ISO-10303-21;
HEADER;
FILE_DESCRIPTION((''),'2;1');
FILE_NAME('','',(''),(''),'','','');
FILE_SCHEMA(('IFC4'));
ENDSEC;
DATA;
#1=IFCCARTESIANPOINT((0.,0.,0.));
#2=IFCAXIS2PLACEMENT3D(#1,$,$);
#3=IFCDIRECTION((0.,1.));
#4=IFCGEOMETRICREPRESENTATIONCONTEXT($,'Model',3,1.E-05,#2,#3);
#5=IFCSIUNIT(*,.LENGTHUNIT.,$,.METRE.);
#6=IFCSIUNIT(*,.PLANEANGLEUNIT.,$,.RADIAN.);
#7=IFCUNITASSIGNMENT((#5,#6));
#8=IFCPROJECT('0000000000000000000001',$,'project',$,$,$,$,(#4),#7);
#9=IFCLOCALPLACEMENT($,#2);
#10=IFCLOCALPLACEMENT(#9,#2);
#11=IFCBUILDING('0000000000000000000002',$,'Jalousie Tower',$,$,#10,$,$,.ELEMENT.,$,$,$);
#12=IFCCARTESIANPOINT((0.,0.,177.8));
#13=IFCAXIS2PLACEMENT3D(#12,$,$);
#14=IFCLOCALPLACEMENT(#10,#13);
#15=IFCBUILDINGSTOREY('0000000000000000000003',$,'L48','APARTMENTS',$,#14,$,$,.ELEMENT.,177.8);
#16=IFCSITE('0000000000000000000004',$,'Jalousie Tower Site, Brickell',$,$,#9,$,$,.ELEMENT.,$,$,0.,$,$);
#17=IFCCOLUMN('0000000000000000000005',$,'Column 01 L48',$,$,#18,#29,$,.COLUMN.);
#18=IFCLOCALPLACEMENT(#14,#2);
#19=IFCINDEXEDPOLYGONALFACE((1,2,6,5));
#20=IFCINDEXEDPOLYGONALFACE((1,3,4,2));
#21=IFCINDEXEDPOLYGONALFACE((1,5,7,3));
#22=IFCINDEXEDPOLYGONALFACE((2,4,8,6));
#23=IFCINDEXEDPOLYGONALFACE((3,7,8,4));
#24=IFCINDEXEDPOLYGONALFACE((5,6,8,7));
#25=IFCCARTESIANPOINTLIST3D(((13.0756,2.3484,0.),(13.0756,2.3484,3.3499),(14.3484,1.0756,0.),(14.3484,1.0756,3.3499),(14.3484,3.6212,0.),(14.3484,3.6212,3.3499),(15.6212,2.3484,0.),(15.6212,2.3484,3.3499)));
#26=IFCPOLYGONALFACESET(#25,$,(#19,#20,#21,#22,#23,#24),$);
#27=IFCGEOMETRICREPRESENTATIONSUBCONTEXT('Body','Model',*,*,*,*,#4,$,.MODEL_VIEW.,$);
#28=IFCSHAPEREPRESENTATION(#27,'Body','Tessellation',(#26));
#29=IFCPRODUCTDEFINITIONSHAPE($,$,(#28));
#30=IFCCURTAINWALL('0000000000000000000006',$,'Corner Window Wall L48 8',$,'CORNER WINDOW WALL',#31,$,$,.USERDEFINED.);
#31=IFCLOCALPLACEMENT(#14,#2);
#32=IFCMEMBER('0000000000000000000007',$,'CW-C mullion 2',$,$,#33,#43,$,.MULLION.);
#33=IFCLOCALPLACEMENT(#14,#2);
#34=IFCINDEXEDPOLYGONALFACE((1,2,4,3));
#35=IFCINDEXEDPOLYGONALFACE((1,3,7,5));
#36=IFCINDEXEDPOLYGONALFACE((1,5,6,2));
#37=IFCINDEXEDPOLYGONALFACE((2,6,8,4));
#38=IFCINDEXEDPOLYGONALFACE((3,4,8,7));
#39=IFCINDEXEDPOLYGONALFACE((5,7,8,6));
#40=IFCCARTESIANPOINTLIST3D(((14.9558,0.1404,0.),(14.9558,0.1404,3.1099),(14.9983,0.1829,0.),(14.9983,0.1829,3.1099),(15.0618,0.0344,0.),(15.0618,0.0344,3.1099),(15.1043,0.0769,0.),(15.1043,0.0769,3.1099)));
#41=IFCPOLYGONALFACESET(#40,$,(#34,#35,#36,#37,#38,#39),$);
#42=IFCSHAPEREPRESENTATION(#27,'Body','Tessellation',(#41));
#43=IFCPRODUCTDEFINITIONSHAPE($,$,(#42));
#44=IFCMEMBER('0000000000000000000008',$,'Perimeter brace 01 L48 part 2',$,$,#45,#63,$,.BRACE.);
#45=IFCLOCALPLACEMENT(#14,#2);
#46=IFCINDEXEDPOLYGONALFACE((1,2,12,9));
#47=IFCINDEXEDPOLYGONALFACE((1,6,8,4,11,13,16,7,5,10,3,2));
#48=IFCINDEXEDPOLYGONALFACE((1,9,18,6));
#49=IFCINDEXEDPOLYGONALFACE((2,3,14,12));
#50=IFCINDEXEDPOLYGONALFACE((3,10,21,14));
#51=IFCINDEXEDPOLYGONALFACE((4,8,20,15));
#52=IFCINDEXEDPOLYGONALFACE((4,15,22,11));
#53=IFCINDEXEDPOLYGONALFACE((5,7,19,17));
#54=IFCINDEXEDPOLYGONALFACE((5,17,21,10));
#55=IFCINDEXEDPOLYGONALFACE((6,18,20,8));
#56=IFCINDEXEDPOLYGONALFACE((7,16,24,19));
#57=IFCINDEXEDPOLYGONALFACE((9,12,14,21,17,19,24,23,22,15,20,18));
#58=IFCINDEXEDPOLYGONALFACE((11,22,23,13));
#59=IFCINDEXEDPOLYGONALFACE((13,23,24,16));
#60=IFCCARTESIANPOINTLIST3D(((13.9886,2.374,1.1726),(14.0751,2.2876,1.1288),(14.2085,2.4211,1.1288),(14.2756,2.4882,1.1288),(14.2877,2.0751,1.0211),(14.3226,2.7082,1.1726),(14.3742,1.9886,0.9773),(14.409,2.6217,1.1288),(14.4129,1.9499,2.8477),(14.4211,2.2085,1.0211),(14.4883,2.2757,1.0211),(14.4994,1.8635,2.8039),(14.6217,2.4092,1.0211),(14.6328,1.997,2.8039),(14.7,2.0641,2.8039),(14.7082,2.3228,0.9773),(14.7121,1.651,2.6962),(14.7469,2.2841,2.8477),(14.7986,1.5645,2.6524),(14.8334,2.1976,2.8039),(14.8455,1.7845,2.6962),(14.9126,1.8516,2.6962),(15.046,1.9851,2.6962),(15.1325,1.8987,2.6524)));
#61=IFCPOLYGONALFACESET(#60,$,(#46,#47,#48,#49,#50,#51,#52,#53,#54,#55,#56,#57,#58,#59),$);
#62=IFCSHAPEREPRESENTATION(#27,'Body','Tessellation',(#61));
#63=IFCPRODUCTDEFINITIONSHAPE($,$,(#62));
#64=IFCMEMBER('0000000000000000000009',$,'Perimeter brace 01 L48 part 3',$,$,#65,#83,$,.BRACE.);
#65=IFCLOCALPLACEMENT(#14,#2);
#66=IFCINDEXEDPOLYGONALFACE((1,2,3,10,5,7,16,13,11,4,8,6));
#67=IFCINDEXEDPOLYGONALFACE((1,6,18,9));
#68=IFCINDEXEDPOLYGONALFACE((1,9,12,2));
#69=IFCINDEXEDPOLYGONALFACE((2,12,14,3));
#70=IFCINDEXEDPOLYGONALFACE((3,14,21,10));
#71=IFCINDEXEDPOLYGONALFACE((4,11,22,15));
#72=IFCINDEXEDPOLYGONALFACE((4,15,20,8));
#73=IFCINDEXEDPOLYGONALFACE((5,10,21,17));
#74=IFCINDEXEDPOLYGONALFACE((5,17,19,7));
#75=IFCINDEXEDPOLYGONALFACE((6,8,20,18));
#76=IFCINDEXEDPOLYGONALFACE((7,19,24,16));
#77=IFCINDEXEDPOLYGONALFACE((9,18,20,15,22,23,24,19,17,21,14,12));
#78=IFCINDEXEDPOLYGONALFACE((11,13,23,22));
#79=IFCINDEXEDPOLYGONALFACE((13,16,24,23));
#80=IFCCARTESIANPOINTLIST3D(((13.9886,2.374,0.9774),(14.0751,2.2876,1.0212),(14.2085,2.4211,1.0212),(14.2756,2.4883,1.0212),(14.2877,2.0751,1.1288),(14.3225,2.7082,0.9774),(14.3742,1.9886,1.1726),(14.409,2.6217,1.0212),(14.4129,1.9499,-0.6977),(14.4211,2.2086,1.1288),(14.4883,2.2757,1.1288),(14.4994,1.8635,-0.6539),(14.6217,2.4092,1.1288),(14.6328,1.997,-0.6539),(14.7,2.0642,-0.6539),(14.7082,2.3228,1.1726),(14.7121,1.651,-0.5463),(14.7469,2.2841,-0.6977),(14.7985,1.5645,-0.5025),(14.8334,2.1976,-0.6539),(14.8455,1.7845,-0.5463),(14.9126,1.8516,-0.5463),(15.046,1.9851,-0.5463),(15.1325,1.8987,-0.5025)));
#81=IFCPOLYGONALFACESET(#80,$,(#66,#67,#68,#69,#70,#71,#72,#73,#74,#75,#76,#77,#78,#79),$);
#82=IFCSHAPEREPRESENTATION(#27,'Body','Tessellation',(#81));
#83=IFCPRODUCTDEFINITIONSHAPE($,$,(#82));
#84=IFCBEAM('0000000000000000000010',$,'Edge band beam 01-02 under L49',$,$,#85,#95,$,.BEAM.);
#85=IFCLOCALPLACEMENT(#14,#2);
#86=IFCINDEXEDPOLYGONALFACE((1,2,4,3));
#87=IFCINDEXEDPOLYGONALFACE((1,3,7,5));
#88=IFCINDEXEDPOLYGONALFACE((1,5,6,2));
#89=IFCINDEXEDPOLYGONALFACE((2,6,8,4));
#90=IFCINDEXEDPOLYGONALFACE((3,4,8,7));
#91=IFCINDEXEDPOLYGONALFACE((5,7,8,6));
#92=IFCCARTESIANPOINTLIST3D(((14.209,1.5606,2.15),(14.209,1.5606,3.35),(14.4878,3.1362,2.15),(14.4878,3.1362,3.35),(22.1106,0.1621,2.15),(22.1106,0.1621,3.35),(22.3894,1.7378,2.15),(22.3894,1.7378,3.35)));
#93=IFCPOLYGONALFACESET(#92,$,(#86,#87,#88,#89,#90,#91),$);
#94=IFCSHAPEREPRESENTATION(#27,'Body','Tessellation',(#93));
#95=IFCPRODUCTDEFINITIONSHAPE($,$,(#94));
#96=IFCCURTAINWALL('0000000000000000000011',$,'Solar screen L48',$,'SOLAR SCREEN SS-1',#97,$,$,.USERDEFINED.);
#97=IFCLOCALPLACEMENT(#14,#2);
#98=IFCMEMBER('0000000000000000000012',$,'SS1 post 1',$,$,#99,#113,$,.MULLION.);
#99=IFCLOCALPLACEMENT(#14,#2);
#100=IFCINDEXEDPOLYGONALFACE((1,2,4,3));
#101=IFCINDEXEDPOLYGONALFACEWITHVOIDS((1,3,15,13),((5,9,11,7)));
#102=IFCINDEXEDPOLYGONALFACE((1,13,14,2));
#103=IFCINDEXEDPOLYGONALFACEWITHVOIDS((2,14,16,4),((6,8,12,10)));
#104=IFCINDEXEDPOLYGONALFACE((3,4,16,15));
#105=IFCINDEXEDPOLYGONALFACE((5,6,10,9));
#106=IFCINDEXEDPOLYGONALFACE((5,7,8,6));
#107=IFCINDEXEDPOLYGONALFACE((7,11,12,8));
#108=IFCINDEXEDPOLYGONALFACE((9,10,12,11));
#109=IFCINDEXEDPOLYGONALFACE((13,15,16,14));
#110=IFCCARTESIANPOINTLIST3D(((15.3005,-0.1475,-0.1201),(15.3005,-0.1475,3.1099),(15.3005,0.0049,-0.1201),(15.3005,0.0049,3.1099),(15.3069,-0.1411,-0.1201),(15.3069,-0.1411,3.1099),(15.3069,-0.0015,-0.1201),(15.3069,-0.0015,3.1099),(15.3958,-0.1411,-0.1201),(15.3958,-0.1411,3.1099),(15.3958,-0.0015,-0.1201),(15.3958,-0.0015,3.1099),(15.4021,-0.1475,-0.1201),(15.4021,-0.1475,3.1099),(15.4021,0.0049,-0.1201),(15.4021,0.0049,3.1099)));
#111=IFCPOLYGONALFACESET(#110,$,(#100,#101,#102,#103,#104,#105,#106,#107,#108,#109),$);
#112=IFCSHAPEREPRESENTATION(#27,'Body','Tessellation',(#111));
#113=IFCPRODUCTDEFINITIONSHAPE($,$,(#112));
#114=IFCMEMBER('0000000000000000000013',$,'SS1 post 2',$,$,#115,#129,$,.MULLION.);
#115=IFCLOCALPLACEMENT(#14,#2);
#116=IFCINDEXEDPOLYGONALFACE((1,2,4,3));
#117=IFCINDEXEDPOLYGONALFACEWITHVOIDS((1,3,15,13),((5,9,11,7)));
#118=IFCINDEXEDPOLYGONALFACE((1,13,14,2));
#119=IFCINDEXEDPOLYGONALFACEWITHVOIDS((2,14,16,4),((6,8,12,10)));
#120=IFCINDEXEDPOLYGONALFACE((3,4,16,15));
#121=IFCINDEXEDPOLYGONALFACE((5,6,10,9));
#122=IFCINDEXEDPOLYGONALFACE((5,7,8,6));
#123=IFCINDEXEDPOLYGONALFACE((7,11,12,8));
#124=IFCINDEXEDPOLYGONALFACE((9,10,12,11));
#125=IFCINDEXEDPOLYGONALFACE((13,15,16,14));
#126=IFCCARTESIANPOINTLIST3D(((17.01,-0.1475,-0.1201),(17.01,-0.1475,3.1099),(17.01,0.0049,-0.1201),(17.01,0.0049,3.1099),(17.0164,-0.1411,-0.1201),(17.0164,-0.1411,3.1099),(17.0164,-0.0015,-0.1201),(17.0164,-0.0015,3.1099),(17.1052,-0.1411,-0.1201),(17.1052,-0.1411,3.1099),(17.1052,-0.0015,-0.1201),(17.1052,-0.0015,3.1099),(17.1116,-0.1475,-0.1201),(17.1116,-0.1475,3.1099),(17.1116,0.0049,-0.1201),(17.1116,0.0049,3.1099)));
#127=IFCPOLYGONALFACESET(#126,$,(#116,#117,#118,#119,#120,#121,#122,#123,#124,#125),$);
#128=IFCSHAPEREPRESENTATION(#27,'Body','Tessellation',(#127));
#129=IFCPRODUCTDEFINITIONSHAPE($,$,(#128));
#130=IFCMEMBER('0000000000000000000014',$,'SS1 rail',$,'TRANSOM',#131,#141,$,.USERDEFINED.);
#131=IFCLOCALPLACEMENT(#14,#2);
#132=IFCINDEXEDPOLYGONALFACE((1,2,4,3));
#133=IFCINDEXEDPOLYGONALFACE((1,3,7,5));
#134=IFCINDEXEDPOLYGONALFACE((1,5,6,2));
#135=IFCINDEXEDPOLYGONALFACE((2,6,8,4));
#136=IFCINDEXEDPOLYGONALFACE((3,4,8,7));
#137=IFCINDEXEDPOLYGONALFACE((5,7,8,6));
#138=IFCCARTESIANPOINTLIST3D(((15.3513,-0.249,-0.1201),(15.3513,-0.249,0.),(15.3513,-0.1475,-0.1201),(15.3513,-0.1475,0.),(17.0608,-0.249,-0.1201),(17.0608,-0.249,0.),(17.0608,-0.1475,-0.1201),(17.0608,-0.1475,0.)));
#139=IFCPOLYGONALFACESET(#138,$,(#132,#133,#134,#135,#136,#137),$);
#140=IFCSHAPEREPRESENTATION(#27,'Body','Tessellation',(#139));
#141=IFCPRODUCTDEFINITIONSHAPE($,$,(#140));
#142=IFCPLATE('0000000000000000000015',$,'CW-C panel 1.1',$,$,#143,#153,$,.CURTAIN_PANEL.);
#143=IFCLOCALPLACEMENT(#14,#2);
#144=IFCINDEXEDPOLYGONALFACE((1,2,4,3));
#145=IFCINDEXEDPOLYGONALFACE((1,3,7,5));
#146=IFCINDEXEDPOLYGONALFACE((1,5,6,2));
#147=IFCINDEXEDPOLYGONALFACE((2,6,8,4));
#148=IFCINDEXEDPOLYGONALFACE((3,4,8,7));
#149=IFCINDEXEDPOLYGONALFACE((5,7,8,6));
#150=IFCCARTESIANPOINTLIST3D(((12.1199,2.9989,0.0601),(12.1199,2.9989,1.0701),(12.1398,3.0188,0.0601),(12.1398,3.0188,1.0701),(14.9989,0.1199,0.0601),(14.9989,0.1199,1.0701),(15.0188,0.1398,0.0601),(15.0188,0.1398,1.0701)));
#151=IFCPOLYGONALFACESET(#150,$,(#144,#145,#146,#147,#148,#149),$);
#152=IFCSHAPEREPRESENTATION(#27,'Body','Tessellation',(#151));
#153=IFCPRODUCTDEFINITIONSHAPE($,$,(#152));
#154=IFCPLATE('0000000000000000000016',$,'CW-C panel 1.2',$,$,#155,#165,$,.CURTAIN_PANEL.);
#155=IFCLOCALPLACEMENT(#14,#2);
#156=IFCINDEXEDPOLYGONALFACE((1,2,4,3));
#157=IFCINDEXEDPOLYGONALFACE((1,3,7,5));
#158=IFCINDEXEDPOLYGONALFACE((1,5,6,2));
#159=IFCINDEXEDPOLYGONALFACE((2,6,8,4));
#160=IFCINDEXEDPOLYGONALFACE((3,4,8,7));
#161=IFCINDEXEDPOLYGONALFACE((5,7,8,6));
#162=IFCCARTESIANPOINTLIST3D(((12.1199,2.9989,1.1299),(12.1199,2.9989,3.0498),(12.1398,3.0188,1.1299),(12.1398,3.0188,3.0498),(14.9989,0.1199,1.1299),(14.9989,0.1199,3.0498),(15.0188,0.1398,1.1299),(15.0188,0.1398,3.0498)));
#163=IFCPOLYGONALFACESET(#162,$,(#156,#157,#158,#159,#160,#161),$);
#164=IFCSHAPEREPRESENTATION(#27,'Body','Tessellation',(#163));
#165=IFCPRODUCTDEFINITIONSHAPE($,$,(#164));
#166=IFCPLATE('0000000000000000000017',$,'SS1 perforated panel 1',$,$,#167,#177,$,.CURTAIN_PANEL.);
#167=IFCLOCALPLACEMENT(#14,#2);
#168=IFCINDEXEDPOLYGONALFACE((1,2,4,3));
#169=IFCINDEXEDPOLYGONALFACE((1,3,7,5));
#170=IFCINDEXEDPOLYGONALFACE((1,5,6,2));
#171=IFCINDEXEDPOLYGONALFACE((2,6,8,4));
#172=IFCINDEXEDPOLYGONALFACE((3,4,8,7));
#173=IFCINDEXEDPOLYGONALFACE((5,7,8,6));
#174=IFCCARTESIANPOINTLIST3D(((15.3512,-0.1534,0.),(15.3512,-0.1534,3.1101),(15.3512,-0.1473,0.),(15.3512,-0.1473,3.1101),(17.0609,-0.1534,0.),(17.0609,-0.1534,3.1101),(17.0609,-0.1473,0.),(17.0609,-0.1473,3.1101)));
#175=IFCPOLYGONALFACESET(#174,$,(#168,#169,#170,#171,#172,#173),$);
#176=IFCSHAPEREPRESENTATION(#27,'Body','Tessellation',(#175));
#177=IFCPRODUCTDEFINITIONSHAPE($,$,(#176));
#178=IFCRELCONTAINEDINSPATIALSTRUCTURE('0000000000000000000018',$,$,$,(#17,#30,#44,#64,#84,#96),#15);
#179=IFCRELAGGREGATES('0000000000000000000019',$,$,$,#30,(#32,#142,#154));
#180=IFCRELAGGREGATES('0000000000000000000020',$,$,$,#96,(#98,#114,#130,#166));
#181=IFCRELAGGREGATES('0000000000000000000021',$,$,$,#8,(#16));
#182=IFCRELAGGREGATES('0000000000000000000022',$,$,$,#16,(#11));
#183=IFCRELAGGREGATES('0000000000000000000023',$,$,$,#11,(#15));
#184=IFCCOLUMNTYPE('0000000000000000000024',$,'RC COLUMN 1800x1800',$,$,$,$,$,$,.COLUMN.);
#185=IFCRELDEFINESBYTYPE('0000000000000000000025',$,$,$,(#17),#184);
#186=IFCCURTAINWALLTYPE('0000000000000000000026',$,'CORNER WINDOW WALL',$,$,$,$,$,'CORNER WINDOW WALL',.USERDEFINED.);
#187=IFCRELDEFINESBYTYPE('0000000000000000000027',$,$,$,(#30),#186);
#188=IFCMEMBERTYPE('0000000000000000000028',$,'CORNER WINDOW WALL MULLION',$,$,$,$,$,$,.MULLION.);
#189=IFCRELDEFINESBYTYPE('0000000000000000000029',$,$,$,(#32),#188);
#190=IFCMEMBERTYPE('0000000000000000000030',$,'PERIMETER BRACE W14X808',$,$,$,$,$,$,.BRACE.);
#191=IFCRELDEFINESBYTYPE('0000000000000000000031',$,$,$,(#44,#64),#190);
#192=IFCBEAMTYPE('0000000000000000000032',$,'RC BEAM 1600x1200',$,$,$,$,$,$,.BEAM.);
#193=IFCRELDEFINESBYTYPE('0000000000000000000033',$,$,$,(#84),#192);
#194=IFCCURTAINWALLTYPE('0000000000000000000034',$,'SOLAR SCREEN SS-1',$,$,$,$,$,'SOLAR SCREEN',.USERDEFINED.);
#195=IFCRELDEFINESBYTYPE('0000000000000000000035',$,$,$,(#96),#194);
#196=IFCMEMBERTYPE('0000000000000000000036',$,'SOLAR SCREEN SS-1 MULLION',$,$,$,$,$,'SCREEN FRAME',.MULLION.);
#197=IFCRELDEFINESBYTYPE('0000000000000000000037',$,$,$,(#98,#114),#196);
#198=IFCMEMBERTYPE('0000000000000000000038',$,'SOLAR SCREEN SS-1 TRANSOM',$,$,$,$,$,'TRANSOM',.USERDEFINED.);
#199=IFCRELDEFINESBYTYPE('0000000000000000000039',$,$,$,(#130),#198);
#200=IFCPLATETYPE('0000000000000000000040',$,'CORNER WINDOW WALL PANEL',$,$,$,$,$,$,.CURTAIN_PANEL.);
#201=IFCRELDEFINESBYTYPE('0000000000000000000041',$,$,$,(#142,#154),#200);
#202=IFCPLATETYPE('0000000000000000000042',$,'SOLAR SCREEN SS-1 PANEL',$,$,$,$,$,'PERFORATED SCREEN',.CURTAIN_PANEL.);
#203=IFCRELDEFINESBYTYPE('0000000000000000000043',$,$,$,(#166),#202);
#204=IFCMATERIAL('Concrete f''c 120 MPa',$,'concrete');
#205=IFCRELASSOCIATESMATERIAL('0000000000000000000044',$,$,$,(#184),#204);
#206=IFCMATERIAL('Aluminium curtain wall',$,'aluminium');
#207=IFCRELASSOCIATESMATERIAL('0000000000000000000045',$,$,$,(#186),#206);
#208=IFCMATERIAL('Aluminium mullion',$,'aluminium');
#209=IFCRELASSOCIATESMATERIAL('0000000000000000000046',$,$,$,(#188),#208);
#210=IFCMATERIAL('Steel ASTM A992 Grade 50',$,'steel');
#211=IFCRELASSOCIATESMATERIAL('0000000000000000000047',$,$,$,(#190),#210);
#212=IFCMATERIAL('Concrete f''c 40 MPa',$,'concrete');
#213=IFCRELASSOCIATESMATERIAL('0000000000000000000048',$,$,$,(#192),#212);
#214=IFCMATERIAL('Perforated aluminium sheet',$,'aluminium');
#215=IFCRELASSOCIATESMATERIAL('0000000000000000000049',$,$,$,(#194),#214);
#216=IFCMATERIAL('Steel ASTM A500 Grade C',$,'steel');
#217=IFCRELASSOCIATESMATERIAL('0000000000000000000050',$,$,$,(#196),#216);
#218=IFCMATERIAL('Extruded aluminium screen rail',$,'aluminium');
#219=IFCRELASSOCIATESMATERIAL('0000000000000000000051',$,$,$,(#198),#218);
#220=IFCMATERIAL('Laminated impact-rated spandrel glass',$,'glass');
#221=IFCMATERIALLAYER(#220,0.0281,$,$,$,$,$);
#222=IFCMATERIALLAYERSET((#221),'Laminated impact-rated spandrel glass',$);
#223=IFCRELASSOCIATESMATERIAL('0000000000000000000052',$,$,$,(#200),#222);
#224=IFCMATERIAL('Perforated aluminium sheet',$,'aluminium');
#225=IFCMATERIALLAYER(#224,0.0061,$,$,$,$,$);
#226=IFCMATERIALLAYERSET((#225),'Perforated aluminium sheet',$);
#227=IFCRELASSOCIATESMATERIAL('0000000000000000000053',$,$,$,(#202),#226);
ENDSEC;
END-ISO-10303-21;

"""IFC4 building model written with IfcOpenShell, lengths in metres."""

from ifc_helpers import new_model, si_unit, direction, frame, origin, origin_2d, place, context, subcontext, project, spatial, rectangle, hollow_rectangle, i_section, extrude, material, layer, layer_set, material_profile, profile_set, type_object, element, aggregate, save


model = new_model("IFC4")

# Units and contexts
model_context = context("Model", 3, precision=1e-05, world=origin(), true_north=direction((0.0, 1.0)))
body_context = subcontext(model_context, "Body", "Model", "MODEL_VIEW")
ifc_project = project(units=[si_unit("LENGTHUNIT", "METRE"), si_unit("PLANEANGLEUNIT", "RADIAN")], contexts=[model_context])

# Site, building, storey
site_placement = place(None, origin())
site = spatial("IfcSite", under=ifc_project, at=site_placement, Name="Jalousie Tower Site, Brickell", CompositionType="ELEMENT", RefElevation=0.0)
building_placement = place(site_placement, origin())
building = spatial("IfcBuilding", under=site, at=building_placement, Name="Jalousie Tower", CompositionType="ELEMENT")
storey_placement = place(building_placement, frame((0.0, 0.0, 177.8)))
storey = spatial("IfcBuildingStorey", under=building, at=storey_placement, Name="L48", Description="APARTMENTS", CompositionType="ELEMENT", Elevation=177.8)

# Column
ifc_material_1 = material(Name="Concrete f'c 120 MPa", Category="concrete")
ifc_material_profile_1 = material_profile(ifc_material_1, rectangle(XDim=1.8, YDim=1.8, at=origin_2d()), Name="RC 1800x1800")
ifc_profile_set_1 = profile_set([ifc_material_profile_1], Name="Concrete f'c 120 MPa")
column_type = type_object("IfcColumnType", Name="RC COLUMN 1800x1800", PredefinedType="COLUMN", material=ifc_profile_set_1)
column_placement = place(storey_placement, frame((14.3484, 2.3484, 0.0), z_axis=(0.0, 0.0, 1.0), x_axis=(0.707107, 0.707107, 0.0)))
element("IfcColumn", 1, at=column_placement, inside=storey, type_object=column_type, Name="Column 01 L48", PredefinedType="COLUMN", context=body_context, shape_type="SweptSolid", body=[
    extrude(rectangle(XDim=1.8, YDim=1.8, at=origin_2d()), origin(), (0.0, 0.0, 1.0), 3.3499),
])

# Curtain wall, member
ifc_material_2 = material(Name="Aluminium curtain wall", Category="aluminium")
curtain_wall_type_1 = type_object("IfcCurtainWallType", Name="CORNER WINDOW WALL", ElementType="CORNER WINDOW WALL", PredefinedType="USERDEFINED", material=ifc_material_2)
curtain_wall_1_placement = place(storey_placement, origin())
curtain_wall_1 = element("IfcCurtainWall", 2, at=curtain_wall_1_placement, inside=storey, type_object=curtain_wall_type_1, Name="Corner Window Wall L48 8", ObjectType="CORNER WINDOW WALL", PredefinedType="USERDEFINED")
ifc_material_3 = material(Name="Aluminium mullion", Category="aluminium")
ifc_material_profile_2 = material_profile(ifc_material_3, rectangle(XDim=0.0601, YDim=0.1499, at=origin_2d()), Name="MULLION 60x150")
ifc_profile_set_2 = profile_set([ifc_material_profile_2], Name="Aluminium mullion")
member_type_1 = type_object("IfcMemberType", Name="CORNER WINDOW WALL MULLION", PredefinedType="MULLION", material=ifc_profile_set_2)
member_1_placement = place(storey_placement, frame((15.03, 0.1086, 0.0), z_axis=(0.0, 0.0, 1.0), x_axis=(0.707107, 0.707107, 0.0)))
member_1 = element("IfcMember", 3, at=member_1_placement, type_object=member_type_1, Name="CW-C mullion 2", PredefinedType="MULLION", context=body_context, shape_type="SweptSolid", body=[
    extrude(rectangle(XDim=0.0601, YDim=0.1499, at=origin_2d()), origin(), (0.0, 0.0, 1.0), 3.1099),
])

# Members
ifc_material_4 = material(Name="Steel ASTM A992 Grade 50", Category="steel")
ifc_material_profile_3 = material_profile(ifc_material_4, i_section(OverallWidth=0.4724, OverallDepth=0.5791, WebThickness=0.095, FlangeThickness=0.1299, at=origin_2d()), Name="W14X808")
ifc_profile_set_3 = profile_set([ifc_material_profile_3], Name="Steel ASTM A992 Grade 50")
member_type_2 = type_object("IfcMemberType", Name="PERIMETER BRACE W14X808", PredefinedType="BRACE", material=ifc_profile_set_3)
for number, where, z_axis, x_axis, name in (
    (4, (14.3484, 2.3484, 1.075), (0.238483, -0.238346, 0.941444), (0.706903, 0.70731, 0.0), "Perimeter brace 01 L48 part 2"),
    (5, (14.7727, 1.9243, -0.6001), (-0.238483, 0.238346, 0.941444), (-0.706903, -0.70731, 0.0), "Perimeter brace 01 L48 part 3"),
):
    element("IfcMember", number, at=place(storey_placement, frame(where, z_axis=z_axis, x_axis=x_axis)), inside=storey, type_object=member_type_2, Name=name, PredefinedType="BRACE", context=body_context, shape_type="SweptSolid", body=[
        extrude(i_section(OverallWidth=0.4724, OverallDepth=0.5791, WebThickness=0.095, FlangeThickness=0.1299, at=origin_2d()), origin(), (0.0, 0.0, 1.0), 1.7793),
    ])

# Beam
ifc_material_5 = material(Name="Concrete f'c 40 MPa", Category="concrete")
ifc_material_profile_4 = material_profile(ifc_material_5, rectangle(XDim=1.6001, YDim=1.2, at=origin_2d()), Name="RC 1600x1200")
ifc_profile_set_4 = profile_set([ifc_material_profile_4], Name="Concrete f'c 40 MPa")
beam_type = type_object("IfcBeamType", Name="RC BEAM 1600x1200", PredefinedType="BEAM", material=ifc_profile_set_4)
beam_placement = place(storey_placement, frame((14.3484, 2.3484, 2.75), z_axis=(0.984697, -0.174273, 0.0), x_axis=(0.174273, 0.984697, 0.0)))
element("IfcBeam", 6, at=beam_placement, inside=storey, type_object=beam_type, Name="Edge band beam 01-02 under L49", PredefinedType="BEAM", context=body_context, shape_type="SweptSolid", body=[
    extrude(rectangle(XDim=1.6001, YDim=1.2, at=origin_2d()), origin(), (0.0, 0.0, 1.0), 8.0244),
])

# Curtain wall, members
ifc_material_6 = material(Name="Perforated aluminium sheet", Category="aluminium")
curtain_wall_type_2 = type_object("IfcCurtainWallType", Name="SOLAR SCREEN SS-1", ElementType="SOLAR SCREEN", PredefinedType="USERDEFINED", material=ifc_material_6)
curtain_wall_2_placement = place(storey_placement, origin())
curtain_wall_2 = element("IfcCurtainWall", 7, at=curtain_wall_2_placement, inside=storey, type_object=curtain_wall_type_2, Name="Solar screen L48", ObjectType="SOLAR SCREEN SS-1", PredefinedType="USERDEFINED")
ifc_material_7 = material(Name="Steel ASTM A500 Grade C", Category="steel")
ifc_material_profile_5 = material_profile(ifc_material_7, hollow_rectangle(XDim=0.1016, YDim=0.1523, WallThickness=0.0063, at=origin_2d()), Name="HSS6X4X1/4")
ifc_profile_set_5 = profile_set([ifc_material_profile_5], Name="Steel ASTM A500 Grade C")
member_type_3 = type_object("IfcMemberType", Name="SOLAR SCREEN SS-1 MULLION", ElementType="SCREEN FRAME", PredefinedType="MULLION", material=ifc_profile_set_5)
member_2_placement = place(storey_placement, frame((15.3513, -0.0713, -0.1201), z_axis=(0.0, 0.0, 1.0), x_axis=(1.0, 0.0, 0.0)))
member_2 = element("IfcMember", 8, at=member_2_placement, type_object=member_type_3, Name="SS1 post 1", PredefinedType="MULLION", context=body_context, shape_type="SweptSolid", body=[
    extrude(hollow_rectangle(XDim=0.1016, YDim=0.1523, WallThickness=0.0063, at=origin_2d()), origin(), (0.0, 0.0, 1.0), 3.23),
])
member_3_placement = place(storey_placement, frame((17.0608, -0.0713, -0.1201), z_axis=(0.0, 0.0, 1.0), x_axis=(1.0, 0.0, 0.0)))
member_3 = element("IfcMember", 9, at=member_3_placement, type_object=member_type_3, Name="SS1 post 2", PredefinedType="MULLION", context=body_context, shape_type="SweptSolid", body=[
    extrude(hollow_rectangle(XDim=0.1016, YDim=0.1523, WallThickness=0.0063, at=origin_2d()), origin(), (0.0, 0.0, 1.0), 3.23),
])
ifc_material_8 = material(Name="Extruded aluminium screen rail", Category="aluminium")
ifc_material_profile_6 = material_profile(ifc_material_8, rectangle(XDim=0.1016, YDim=0.1201, at=origin_2d()), Name="RAIL 102x120")
ifc_profile_set_6 = profile_set([ifc_material_profile_6], Name="Extruded aluminium screen rail")
member_type_4 = type_object("IfcMemberType", Name="SOLAR SCREEN SS-1 TRANSOM", ElementType="TRANSOM", PredefinedType="USERDEFINED", material=ifc_profile_set_6)
member_4_placement = place(storey_placement, frame((15.3513, -0.1982, -0.0601), z_axis=(1.0, 0.0, 0.0), x_axis=(0.0, 1.0, 0.0)))
member_4 = element("IfcMember", 10, at=member_4_placement, type_object=member_type_4, Name="SS1 rail", ObjectType="TRANSOM", PredefinedType="USERDEFINED", context=body_context, shape_type="SweptSolid", body=[
    extrude(rectangle(XDim=0.1016, YDim=0.1201, at=origin_2d()), origin(), (0.0, 0.0, 1.0), 1.7095),
])

# Plates
ifc_material_9 = material(Name="Laminated impact-rated spandrel glass", Category="glass")
ifc_layer_1 = layer(ifc_material_9, 0.0281)
ifc_layer_set_1 = layer_set([ifc_layer_1], Name="Laminated impact-rated spandrel glass")
plate_type_1 = type_object("IfcPlateType", Name="CORNER WINDOW WALL PANEL", PredefinedType="CURTAIN_PANEL", material=ifc_layer_set_1)
plate_1_placement = place(storey_placement, frame((13.5693, 1.5693, 0.0601), z_axis=(0.0, 0.0, 1.0), x_axis=(0.707107, -0.707107, 0.0)))
plate_1 = element("IfcPlate", 11, at=plate_1_placement, type_object=plate_type_1, Name="CW-C panel 1.1", PredefinedType="CURTAIN_PANEL", context=body_context, shape_type="SweptSolid", body=[
    extrude(rectangle(XDim=4.0715, YDim=0.0281, at=origin_2d()), origin(), (0.0, 0.0, 1.0), 1.01),
])
plate_2_placement = place(storey_placement, frame((13.5693, 1.5693, 1.1299), z_axis=(0.0, 0.0, 1.0), x_axis=(0.707107, -0.707107, 0.0)))
plate_2 = element("IfcPlate", 12, at=plate_2_placement, type_object=plate_type_1, Name="CW-C panel 1.2", PredefinedType="CURTAIN_PANEL", context=body_context, shape_type="SweptSolid", body=[
    extrude(rectangle(XDim=4.0715, YDim=0.0281, at=origin_2d()), origin(), (0.0, 0.0, 1.0), 1.9199),
])
aggregate(curtain_wall_1, [member_1, plate_1, plate_2])
ifc_material_10 = material(Name="Perforated aluminium sheet", Category="aluminium")
ifc_layer_2 = layer(ifc_material_10, 0.0061)
ifc_layer_set_2 = layer_set([ifc_layer_2], Name="Perforated aluminium sheet")
plate_type_2 = type_object("IfcPlateType", Name="SOLAR SCREEN SS-1 PANEL", ElementType="PERFORATED SCREEN", PredefinedType="CURTAIN_PANEL", material=ifc_layer_set_2)
plate_3_placement = place(storey_placement, frame((16.2061, -0.1504, 0.0), z_axis=(0.0, 0.0, 1.0), x_axis=(1.0, 0.0, 0.0)))
plate_3 = element("IfcPlate", 13, at=plate_3_placement, type_object=plate_type_2, Name="SS1 perforated panel 1", PredefinedType="CURTAIN_PANEL", context=body_context, shape_type="SweptSolid", body=[
    extrude(rectangle(XDim=1.7097, YDim=0.0061, at=origin_2d()), origin(), (0.0, 0.0, 1.0), 3.1101),
])
aggregate(curtain_wall_2, [member_2, member_3, member_4, plate_3])

save(model, "model.ifc")
